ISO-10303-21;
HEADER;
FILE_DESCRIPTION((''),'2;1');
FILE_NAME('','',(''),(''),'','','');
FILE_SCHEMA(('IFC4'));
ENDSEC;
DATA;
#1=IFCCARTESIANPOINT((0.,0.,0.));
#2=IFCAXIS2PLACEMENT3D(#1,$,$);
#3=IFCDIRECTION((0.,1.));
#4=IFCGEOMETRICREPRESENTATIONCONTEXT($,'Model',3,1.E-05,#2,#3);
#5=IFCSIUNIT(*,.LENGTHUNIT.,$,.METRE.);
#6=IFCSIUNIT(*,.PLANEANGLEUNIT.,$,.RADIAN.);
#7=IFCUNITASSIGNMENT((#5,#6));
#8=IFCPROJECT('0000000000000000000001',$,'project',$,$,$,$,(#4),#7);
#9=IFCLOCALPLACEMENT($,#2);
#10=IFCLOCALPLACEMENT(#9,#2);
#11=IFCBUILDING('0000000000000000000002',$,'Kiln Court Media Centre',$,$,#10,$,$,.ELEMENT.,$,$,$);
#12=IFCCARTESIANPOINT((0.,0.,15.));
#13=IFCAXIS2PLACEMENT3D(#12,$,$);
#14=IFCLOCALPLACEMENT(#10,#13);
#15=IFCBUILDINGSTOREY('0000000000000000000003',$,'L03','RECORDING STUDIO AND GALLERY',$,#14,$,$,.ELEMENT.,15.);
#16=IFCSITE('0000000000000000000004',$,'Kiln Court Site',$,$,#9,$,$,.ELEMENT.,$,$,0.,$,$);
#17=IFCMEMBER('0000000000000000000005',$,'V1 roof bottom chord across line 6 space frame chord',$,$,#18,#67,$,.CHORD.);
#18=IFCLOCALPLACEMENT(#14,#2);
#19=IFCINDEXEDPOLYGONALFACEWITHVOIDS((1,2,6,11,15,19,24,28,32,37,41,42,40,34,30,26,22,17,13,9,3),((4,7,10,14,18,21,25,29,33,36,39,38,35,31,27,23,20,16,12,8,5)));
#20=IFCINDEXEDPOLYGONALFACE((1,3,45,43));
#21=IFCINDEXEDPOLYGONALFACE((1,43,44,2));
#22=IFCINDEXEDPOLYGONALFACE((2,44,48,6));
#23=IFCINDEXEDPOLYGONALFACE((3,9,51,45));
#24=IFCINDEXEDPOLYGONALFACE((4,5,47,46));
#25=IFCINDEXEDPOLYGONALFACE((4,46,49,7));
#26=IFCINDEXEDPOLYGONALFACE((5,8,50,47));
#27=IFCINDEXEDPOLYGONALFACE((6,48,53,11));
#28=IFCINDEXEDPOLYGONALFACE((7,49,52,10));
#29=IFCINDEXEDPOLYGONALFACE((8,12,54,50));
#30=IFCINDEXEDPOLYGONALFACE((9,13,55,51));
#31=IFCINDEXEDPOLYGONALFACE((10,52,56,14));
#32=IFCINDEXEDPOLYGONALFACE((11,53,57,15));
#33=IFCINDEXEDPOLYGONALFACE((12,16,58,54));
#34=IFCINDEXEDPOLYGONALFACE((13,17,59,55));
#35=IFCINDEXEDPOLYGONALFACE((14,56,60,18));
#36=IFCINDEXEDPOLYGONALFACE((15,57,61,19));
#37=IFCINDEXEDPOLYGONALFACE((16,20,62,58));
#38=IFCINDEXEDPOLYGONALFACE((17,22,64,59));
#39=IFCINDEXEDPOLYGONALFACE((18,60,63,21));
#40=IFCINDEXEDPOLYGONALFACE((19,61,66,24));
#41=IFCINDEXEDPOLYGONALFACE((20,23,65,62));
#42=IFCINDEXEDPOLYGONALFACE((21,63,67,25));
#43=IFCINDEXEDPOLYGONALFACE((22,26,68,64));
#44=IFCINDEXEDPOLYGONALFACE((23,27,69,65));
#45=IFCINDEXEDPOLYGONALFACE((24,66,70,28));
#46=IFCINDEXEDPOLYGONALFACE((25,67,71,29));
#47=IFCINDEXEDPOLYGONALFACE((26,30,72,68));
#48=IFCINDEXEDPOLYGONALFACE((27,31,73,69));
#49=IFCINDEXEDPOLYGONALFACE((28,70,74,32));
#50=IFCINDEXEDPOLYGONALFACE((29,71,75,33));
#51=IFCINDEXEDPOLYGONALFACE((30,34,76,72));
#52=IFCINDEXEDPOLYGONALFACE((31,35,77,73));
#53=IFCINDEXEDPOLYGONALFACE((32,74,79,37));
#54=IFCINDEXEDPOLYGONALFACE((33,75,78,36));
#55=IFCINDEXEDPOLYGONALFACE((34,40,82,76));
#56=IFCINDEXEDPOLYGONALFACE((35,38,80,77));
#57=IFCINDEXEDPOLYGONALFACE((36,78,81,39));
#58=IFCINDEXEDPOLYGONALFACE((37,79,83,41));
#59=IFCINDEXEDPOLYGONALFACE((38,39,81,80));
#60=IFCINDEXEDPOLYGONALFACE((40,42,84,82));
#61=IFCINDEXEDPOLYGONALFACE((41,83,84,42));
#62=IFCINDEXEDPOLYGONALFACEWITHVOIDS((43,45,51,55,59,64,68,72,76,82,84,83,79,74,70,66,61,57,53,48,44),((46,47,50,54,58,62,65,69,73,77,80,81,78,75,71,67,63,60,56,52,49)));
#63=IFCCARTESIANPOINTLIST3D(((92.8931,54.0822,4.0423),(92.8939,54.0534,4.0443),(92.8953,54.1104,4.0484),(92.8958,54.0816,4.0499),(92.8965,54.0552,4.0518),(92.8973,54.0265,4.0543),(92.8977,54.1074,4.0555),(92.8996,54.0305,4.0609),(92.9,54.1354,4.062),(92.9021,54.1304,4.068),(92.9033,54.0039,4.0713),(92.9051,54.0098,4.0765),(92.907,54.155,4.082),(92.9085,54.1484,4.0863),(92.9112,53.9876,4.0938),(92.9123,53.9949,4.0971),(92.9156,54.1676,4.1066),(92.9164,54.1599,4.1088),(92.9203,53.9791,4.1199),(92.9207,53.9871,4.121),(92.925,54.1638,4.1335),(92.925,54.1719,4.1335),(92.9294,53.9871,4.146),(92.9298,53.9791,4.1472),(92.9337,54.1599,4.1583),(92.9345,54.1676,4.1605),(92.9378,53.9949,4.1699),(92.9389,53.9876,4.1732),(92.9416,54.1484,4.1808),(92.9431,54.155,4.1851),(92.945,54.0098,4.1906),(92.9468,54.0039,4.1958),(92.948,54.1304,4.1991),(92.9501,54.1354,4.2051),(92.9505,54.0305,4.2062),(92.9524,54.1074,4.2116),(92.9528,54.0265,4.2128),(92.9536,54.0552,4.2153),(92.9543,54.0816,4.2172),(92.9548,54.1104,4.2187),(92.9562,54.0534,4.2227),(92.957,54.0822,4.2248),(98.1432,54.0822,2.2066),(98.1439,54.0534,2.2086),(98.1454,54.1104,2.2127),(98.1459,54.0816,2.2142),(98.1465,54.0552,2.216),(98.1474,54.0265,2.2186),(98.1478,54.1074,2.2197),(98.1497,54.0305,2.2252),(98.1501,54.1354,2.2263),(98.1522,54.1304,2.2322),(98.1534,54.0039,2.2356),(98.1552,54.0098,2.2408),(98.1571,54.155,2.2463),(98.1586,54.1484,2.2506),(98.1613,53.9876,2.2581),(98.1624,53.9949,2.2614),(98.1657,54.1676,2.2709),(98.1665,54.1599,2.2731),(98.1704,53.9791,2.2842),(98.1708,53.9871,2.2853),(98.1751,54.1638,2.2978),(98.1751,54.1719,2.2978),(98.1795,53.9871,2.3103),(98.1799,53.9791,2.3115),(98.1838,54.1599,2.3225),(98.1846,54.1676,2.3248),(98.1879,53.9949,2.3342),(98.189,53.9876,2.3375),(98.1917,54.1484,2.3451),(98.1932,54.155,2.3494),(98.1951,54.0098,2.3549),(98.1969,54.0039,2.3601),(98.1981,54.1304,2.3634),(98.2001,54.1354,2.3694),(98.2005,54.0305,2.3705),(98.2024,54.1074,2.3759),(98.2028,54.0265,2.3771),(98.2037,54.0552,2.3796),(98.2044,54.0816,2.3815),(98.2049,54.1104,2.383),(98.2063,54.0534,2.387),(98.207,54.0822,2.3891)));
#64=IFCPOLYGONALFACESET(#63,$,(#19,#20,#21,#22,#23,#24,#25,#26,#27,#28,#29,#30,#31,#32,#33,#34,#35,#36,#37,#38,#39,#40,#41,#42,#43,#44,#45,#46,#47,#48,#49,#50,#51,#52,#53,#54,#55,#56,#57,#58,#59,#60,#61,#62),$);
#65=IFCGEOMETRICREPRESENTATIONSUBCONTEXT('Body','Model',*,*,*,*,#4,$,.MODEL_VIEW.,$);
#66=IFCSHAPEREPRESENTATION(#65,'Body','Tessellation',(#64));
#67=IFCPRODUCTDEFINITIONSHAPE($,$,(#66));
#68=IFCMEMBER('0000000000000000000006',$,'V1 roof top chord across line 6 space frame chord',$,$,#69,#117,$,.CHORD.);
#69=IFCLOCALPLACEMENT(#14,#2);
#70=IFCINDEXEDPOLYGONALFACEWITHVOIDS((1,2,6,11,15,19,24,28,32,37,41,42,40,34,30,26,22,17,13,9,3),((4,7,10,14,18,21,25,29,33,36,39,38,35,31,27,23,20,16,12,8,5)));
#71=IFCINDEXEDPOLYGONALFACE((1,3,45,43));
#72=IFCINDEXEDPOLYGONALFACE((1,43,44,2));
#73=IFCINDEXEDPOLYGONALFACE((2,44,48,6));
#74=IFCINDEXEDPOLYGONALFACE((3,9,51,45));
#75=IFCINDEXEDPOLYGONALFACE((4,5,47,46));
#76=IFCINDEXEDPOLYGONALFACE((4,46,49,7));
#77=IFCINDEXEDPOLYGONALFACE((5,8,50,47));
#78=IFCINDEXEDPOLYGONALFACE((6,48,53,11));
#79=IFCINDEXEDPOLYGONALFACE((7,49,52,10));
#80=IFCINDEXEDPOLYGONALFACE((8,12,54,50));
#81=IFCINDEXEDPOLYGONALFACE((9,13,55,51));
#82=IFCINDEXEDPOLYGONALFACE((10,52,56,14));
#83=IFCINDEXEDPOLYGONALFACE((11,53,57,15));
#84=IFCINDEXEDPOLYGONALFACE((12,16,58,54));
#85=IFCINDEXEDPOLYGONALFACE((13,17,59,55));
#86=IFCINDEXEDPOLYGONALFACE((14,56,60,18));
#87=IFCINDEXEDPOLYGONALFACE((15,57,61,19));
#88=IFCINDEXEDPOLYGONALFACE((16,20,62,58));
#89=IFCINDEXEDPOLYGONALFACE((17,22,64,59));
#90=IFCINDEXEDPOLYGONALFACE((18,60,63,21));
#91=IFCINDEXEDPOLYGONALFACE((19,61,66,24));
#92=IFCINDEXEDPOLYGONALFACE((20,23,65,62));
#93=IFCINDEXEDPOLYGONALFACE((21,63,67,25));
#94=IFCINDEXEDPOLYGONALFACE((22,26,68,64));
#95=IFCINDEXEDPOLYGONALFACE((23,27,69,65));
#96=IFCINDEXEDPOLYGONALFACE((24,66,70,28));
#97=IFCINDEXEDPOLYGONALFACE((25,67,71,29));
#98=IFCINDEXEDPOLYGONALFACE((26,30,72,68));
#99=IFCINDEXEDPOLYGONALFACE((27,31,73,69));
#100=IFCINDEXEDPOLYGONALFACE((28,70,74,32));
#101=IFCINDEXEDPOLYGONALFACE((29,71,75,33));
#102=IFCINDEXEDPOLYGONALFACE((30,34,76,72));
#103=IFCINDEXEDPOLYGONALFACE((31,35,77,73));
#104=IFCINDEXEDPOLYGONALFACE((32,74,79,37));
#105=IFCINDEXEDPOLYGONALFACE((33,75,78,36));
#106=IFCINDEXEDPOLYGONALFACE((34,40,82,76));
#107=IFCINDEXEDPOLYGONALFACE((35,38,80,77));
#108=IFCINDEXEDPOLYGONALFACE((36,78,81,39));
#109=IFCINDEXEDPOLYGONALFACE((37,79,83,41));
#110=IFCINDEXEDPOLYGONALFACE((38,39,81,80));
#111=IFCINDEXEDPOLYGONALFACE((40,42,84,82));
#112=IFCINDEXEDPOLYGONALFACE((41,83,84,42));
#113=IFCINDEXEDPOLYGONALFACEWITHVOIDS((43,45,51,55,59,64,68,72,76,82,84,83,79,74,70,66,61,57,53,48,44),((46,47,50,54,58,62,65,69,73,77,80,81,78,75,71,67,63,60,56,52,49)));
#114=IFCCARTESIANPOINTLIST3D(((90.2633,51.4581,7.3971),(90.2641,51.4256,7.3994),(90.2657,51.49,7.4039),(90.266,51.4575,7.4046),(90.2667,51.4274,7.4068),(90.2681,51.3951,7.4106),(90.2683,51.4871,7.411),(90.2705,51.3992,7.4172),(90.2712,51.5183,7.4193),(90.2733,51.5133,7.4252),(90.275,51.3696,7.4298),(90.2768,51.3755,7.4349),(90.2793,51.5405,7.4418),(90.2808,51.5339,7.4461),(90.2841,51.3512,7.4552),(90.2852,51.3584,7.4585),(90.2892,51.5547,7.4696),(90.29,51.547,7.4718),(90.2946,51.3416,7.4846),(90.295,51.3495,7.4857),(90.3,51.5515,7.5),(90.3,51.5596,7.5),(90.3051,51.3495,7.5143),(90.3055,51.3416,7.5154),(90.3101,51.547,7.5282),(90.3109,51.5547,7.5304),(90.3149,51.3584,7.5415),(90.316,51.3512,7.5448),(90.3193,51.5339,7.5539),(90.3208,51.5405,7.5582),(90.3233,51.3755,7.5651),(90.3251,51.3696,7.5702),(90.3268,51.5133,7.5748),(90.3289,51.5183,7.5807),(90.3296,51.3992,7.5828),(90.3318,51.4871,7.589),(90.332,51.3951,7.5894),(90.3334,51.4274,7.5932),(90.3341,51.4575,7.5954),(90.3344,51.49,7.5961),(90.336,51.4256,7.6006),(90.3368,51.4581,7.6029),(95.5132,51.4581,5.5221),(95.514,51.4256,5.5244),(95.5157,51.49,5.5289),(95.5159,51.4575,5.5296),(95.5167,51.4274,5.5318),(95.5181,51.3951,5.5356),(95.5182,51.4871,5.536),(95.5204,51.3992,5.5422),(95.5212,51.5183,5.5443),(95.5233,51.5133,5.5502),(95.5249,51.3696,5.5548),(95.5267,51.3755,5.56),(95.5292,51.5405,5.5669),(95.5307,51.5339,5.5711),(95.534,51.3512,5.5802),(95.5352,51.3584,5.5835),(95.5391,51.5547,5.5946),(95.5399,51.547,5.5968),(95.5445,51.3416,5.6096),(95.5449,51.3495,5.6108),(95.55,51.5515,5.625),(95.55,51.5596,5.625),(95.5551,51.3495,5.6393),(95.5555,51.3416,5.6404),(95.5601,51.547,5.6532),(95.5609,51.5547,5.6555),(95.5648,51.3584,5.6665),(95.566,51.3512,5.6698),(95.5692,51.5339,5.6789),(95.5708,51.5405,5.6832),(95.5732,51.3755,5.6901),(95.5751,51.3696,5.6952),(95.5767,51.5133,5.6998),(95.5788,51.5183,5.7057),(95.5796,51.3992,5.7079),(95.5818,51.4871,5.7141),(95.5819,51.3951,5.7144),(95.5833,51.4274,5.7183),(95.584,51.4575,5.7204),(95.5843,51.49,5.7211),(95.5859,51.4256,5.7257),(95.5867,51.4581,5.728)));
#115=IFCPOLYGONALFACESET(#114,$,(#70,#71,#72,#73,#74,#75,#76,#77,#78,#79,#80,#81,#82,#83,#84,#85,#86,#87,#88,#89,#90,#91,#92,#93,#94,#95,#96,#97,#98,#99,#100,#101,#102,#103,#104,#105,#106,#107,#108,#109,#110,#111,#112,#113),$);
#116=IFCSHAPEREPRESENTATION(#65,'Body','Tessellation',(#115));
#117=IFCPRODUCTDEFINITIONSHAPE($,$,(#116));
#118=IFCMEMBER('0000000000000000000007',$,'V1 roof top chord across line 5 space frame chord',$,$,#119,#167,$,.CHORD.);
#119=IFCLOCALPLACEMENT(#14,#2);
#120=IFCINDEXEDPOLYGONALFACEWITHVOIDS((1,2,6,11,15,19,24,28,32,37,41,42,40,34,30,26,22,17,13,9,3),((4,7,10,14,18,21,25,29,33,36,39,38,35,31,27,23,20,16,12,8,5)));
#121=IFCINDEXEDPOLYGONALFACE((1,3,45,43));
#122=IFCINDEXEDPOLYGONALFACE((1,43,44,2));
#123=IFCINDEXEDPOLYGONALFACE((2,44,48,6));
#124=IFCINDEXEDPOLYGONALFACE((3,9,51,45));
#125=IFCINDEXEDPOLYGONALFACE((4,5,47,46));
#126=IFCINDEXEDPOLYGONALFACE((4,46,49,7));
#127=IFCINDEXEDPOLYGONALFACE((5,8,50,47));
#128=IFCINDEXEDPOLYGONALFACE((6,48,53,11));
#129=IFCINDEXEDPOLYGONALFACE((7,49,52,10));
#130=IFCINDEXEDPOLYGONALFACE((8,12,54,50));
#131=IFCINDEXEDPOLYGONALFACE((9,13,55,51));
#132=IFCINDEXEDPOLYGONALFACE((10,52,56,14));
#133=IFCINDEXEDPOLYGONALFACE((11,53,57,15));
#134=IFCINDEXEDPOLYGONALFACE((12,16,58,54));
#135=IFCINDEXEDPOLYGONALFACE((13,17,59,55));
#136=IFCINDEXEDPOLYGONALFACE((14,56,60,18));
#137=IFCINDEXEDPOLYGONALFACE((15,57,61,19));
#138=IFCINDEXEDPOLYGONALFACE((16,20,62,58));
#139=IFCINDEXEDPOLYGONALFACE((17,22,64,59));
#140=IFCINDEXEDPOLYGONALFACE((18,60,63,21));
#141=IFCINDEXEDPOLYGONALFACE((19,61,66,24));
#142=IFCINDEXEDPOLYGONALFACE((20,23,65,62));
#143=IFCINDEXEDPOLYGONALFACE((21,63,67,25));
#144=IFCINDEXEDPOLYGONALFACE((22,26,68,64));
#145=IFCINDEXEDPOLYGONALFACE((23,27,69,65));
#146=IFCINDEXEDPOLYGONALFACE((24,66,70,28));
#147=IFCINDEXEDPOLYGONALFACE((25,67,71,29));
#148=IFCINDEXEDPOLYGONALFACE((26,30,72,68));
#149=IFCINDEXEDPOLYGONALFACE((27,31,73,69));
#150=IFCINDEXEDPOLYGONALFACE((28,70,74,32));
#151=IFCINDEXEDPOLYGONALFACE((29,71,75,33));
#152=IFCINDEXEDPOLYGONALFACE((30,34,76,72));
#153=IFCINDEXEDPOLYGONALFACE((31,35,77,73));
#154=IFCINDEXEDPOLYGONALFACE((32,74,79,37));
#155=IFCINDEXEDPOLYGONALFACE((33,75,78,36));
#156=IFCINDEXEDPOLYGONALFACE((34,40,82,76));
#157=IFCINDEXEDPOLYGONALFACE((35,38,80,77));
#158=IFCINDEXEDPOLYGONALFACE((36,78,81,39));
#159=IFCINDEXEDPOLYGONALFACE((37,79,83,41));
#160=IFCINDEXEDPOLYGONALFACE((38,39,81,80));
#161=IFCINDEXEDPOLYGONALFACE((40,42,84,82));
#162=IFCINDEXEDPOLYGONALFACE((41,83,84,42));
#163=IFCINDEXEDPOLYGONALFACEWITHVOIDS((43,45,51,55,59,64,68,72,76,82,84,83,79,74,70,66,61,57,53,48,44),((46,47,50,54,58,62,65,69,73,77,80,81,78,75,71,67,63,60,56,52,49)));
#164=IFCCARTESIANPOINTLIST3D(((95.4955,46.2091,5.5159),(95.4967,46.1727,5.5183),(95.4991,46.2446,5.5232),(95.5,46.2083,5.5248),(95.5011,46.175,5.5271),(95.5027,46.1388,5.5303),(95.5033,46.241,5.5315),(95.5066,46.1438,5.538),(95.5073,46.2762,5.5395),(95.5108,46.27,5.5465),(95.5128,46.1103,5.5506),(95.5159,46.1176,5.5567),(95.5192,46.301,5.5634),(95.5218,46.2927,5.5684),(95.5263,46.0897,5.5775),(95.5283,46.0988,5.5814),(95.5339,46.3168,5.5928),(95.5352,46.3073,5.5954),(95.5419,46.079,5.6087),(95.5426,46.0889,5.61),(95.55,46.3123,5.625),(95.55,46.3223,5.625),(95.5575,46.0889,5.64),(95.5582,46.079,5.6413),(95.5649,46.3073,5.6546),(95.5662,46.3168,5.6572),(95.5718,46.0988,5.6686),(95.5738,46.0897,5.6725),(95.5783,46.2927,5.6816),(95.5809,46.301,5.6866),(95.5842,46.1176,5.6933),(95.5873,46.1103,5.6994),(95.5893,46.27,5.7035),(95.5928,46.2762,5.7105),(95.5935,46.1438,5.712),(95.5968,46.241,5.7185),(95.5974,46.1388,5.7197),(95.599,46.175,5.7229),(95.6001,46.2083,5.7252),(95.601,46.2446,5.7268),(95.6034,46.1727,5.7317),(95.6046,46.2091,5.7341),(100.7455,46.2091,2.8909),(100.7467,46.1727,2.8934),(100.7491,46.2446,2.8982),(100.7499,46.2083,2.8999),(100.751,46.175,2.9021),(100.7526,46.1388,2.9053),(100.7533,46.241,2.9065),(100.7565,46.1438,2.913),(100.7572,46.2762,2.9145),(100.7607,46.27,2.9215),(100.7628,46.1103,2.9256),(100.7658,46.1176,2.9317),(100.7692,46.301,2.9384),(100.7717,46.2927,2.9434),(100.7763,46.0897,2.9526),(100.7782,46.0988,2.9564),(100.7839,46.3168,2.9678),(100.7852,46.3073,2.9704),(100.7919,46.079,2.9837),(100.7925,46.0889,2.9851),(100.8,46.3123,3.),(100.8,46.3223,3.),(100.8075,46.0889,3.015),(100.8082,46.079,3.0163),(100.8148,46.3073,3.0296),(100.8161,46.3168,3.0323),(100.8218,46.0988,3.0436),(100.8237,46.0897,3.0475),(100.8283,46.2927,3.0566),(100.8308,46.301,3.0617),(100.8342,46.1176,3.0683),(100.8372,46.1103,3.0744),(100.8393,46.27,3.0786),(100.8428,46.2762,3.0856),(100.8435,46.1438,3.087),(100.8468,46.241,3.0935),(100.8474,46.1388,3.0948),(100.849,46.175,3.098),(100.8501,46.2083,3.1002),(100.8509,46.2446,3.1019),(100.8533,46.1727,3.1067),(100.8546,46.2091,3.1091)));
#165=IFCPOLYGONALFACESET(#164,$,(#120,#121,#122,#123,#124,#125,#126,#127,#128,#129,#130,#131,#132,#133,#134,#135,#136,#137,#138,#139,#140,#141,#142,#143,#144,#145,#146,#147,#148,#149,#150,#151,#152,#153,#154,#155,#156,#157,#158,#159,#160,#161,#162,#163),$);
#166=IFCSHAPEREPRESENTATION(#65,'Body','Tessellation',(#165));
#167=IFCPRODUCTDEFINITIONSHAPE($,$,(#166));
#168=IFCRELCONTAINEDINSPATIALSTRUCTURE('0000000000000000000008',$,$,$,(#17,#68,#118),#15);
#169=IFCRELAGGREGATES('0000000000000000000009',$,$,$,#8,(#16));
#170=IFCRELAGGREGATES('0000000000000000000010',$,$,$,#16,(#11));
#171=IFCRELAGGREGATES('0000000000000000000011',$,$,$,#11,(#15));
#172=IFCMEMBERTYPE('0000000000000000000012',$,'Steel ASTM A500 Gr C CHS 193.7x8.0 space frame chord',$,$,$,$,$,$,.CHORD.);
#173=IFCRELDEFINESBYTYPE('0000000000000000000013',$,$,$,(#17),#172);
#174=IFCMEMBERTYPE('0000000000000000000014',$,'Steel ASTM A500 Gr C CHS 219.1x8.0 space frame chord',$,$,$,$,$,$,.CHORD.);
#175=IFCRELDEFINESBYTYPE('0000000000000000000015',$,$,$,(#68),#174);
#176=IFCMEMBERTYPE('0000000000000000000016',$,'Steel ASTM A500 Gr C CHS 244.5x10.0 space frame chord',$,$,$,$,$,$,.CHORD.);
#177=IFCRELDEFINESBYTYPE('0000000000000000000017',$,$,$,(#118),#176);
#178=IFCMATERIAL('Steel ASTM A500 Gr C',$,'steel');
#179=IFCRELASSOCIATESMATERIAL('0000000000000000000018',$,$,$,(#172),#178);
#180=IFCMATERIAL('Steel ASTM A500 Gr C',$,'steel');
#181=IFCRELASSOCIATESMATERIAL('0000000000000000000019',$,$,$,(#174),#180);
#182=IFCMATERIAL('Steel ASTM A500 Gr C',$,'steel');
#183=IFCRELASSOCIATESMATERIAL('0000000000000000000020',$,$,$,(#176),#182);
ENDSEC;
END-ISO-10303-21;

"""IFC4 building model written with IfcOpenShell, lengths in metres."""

from ifc_helpers import new_model, si_unit, direction, frame, origin, origin_2d, place, context, subcontext, project, spatial, hollow_circle, extrude, material, material_profile, profile_set, type_object, element, save


model = new_model("IFC4")

# Units and contexts
model_context = context("Model", 3, precision=1e-05, world=origin(), true_north=direction((0.0, 1.0)))
body_context = subcontext(model_context, "Body", "Model", "MODEL_VIEW")
ifc_project = project(units=[si_unit("LENGTHUNIT", "METRE"), si_unit("PLANEANGLEUNIT", "RADIAN")], contexts=[model_context])

# Site, building, storey
site_placement = place(None, origin())
site = spatial("IfcSite", under=ifc_project, at=site_placement, Name="Kiln Court Site", CompositionType="ELEMENT", RefElevation=0.0)
building_placement = place(site_placement, origin())
building = spatial("IfcBuilding", under=site, at=building_placement, Name="Kiln Court Media Centre", CompositionType="ELEMENT")
storey_placement = place(building_placement, frame((0.0, 0.0, 15.0)))
storey = spatial("IfcBuildingStorey", under=building, at=storey_placement, Name="L03", Description="RECORDING STUDIO AND GALLERY", CompositionType="ELEMENT", Elevation=15.0)

# Members
ifc_material_1 = material(Name="Steel ASTM A500 Gr C", Category="steel")
ifc_material_profile_1 = material_profile(ifc_material_1, hollow_circle(Radius=0.0969, WallThickness=0.0081, at=origin_2d()), Name="CHS 193.7x8.0")
ifc_profile_set_1 = profile_set([ifc_material_profile_1], Name="Steel ASTM A500 Gr C")
member_type_1 = type_object("IfcMemberType", Name="Steel ASTM A500 Gr C CHS 193.7x8.0 space frame chord", PredefinedType="CHORD", material=ifc_profile_set_1)
for number, where, z_axis, x_axis, name in (
    (1, (92.925, 54.075, 4.1335), (0.94396, 0.0, -0.330061), (0.0, 1.0, 0.0), "V1 roof bottom chord across line 6 space frame chord"),
):
    element("IfcMember", number, at=place(storey_placement, frame(where, z_axis=z_axis, x_axis=x_axis)), inside=storey, type_object=member_type_1, Name=name, PredefinedType="CHORD", context=body_context, shape_type="SweptSolid", body=[
        extrude(hollow_circle(Radius=0.0969, WallThickness=0.0081, at=origin_2d()), origin(), (0.0, 0.0, 1.0), 5.5618),
    ])
ifc_material_2 = material(Name="Steel ASTM A500 Gr C", Category="steel")
ifc_material_profile_2 = material_profile(ifc_material_2, hollow_circle(Radius=0.1096, WallThickness=0.0081, at=origin_2d()), Name="CHS 219.1x8.0")
ifc_profile_set_2 = profile_set([ifc_material_profile_2], Name="Steel ASTM A500 Gr C")
member_type_2 = type_object("IfcMemberType", Name="Steel ASTM A500 Gr C CHS 219.1x8.0 space frame chord", PredefinedType="CHORD", material=ifc_profile_set_2)
member_1_placement = place(storey_placement, frame((90.3, 51.45, 7.5), z_axis=(0.941742, 0.0, -0.336336), x_axis=(0.0, 1.0, 0.0)))
element("IfcMember", 2, at=member_1_placement, inside=storey, type_object=member_type_2, Name="V1 roof top chord across line 6 space frame chord", PredefinedType="CHORD", context=body_context, shape_type="SweptSolid", body=[
    extrude(hollow_circle(Radius=0.1096, WallThickness=0.0081, at=origin_2d()), origin(), (0.0, 0.0, 1.0), 5.5747),
])
ifc_material_3 = material(Name="Steel ASTM A500 Gr C", Category="steel")
ifc_material_profile_3 = material_profile(ifc_material_3, hollow_circle(Radius=0.1223, WallThickness=0.01, at=origin_2d()), Name="CHS 244.5x10.0")
ifc_profile_set_3 = profile_set([ifc_material_profile_3], Name="Steel ASTM A500 Gr C")
member_type_3 = type_object("IfcMemberType", Name="Steel ASTM A500 Gr C CHS 244.5x10.0 space frame chord", PredefinedType="CHORD", material=ifc_profile_set_3)
for number, where, z_axis, x_axis, name in (
    (3, (95.55, 46.2, 5.625), (0.894427, 0.0, -0.447214), (0.0, 1.0, 0.0), "V1 roof top chord across line 5 space frame chord"),
):
    element("IfcMember", number, at=place(storey_placement, frame(where, z_axis=z_axis, x_axis=x_axis)), inside=storey, type_object=member_type_3, Name=name, PredefinedType="CHORD", context=body_context, shape_type="SweptSolid", body=[
        extrude(hollow_circle(Radius=0.1223, WallThickness=0.01, at=origin_2d()), origin(), (0.0, 0.0, 1.0), 5.8696),
    ])

save(model, "model.ifc")
